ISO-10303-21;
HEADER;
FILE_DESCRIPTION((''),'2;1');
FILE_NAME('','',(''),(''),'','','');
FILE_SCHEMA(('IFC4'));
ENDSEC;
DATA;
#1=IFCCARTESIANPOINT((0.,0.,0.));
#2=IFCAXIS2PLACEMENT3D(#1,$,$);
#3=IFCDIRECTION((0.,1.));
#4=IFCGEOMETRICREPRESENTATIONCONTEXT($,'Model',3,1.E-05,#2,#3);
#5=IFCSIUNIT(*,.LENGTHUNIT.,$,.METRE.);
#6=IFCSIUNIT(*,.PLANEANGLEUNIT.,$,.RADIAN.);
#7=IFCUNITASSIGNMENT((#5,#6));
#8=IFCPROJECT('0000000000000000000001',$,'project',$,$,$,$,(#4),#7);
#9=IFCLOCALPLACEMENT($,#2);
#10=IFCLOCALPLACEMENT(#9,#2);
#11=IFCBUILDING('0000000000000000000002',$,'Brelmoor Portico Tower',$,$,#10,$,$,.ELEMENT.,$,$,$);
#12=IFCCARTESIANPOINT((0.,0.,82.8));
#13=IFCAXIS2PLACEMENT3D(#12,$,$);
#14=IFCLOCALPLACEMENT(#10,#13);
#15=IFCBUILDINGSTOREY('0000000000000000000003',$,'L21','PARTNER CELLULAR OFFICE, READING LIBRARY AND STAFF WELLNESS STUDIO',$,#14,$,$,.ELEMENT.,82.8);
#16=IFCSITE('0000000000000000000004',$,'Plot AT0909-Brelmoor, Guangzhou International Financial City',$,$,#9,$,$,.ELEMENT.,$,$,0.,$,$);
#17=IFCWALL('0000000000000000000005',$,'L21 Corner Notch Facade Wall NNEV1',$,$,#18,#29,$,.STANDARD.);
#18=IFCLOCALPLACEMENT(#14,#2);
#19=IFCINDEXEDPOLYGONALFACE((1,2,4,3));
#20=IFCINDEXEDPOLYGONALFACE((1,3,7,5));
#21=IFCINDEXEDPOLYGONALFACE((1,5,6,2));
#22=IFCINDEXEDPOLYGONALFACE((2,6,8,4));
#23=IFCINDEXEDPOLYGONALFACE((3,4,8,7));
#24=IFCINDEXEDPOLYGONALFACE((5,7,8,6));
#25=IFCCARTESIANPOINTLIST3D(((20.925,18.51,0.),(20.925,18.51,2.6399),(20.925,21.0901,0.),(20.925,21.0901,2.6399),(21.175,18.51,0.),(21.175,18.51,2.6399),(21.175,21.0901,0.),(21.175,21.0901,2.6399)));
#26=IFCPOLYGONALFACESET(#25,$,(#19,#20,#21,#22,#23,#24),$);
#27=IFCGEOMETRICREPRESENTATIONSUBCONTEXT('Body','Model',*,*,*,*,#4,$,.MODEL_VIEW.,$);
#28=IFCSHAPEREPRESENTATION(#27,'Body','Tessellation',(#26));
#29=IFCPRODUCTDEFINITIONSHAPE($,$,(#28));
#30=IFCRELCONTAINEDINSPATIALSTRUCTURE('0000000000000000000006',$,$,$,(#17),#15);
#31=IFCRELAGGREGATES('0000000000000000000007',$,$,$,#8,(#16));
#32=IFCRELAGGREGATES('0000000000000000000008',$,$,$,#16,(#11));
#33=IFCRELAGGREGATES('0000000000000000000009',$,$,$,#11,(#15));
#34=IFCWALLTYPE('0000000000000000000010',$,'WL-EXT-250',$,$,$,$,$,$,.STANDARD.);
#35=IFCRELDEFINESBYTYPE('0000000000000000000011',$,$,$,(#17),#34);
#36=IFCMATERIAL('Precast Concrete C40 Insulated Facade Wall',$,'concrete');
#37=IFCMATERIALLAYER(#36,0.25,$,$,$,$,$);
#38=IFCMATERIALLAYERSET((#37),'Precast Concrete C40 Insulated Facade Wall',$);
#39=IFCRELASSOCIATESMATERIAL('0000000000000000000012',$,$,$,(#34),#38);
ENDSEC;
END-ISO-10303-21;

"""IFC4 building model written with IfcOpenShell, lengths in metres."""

from ifc_helpers import new_model, si_unit, direction, frame, frame_2d, origin, place, context, subcontext, project, spatial, rectangle, extrude, material, layer, layer_set, type_object, element, save


model = new_model("IFC4")

# Units and contexts
model_context = context("Model", 3, precision=1e-05, world=origin(), true_north=direction((0.0, 1.0)))
body_context = subcontext(model_context, "Body", "Model", "MODEL_VIEW")
ifc_project = project(units=[si_unit("LENGTHUNIT", "METRE"), si_unit("PLANEANGLEUNIT", "RADIAN")], contexts=[model_context])

# Site, building, storey
site_placement = place(None, origin())
site = spatial("IfcSite", under=ifc_project, at=site_placement, Name="Plot AT0909-Brelmoor, Guangzhou International Financial City", CompositionType="ELEMENT", RefElevation=0.0)
building_placement = place(site_placement, origin())
building = spatial("IfcBuilding", under=site, at=building_placement, Name="Brelmoor Portico Tower", CompositionType="ELEMENT")
storey_placement = place(building_placement, frame((0.0, 0.0, 82.8)))
storey = spatial("IfcBuildingStorey", under=building, at=storey_placement, Name="L21", Description="PARTNER CELLULAR OFFICE, READING LIBRARY AND STAFF WELLNESS STUDIO", CompositionType="ELEMENT", Elevation=82.8)

# Wall
ifc_material_1 = material(Name="Precast Concrete C40 Insulated Facade Wall", Category="concrete")
ifc_layer_1 = layer(ifc_material_1, 0.25)
ifc_layer_set_1 = layer_set([ifc_layer_1], Name="Precast Concrete C40 Insulated Facade Wall")
wall_type = type_object("IfcWallType", Name="WL-EXT-250", PredefinedType="STANDARD", material=ifc_layer_set_1)
for number, where, z_axis, x_axis, name in (
    (1, (21.05, 18.51, 0.0), (0.0, 0.0, 1.0), (0.0, 1.0, 0.0), "L21 Corner Notch Facade Wall NNEV1"),
):
    element("IfcWall", number, at=place(storey_placement, frame(where, z_axis=z_axis, x_axis=x_axis)), inside=storey, type_object=wall_type, Name=name, PredefinedType="STANDARD", context=body_context, shape_type="SweptSolid", body=[
        extrude(rectangle(XDim=2.5801, YDim=0.25, at=frame_2d((1.29, 0.0))), origin(), (0.0, 0.0, 1.0), 2.6399),
    ])

save(model, "model.ifc")
